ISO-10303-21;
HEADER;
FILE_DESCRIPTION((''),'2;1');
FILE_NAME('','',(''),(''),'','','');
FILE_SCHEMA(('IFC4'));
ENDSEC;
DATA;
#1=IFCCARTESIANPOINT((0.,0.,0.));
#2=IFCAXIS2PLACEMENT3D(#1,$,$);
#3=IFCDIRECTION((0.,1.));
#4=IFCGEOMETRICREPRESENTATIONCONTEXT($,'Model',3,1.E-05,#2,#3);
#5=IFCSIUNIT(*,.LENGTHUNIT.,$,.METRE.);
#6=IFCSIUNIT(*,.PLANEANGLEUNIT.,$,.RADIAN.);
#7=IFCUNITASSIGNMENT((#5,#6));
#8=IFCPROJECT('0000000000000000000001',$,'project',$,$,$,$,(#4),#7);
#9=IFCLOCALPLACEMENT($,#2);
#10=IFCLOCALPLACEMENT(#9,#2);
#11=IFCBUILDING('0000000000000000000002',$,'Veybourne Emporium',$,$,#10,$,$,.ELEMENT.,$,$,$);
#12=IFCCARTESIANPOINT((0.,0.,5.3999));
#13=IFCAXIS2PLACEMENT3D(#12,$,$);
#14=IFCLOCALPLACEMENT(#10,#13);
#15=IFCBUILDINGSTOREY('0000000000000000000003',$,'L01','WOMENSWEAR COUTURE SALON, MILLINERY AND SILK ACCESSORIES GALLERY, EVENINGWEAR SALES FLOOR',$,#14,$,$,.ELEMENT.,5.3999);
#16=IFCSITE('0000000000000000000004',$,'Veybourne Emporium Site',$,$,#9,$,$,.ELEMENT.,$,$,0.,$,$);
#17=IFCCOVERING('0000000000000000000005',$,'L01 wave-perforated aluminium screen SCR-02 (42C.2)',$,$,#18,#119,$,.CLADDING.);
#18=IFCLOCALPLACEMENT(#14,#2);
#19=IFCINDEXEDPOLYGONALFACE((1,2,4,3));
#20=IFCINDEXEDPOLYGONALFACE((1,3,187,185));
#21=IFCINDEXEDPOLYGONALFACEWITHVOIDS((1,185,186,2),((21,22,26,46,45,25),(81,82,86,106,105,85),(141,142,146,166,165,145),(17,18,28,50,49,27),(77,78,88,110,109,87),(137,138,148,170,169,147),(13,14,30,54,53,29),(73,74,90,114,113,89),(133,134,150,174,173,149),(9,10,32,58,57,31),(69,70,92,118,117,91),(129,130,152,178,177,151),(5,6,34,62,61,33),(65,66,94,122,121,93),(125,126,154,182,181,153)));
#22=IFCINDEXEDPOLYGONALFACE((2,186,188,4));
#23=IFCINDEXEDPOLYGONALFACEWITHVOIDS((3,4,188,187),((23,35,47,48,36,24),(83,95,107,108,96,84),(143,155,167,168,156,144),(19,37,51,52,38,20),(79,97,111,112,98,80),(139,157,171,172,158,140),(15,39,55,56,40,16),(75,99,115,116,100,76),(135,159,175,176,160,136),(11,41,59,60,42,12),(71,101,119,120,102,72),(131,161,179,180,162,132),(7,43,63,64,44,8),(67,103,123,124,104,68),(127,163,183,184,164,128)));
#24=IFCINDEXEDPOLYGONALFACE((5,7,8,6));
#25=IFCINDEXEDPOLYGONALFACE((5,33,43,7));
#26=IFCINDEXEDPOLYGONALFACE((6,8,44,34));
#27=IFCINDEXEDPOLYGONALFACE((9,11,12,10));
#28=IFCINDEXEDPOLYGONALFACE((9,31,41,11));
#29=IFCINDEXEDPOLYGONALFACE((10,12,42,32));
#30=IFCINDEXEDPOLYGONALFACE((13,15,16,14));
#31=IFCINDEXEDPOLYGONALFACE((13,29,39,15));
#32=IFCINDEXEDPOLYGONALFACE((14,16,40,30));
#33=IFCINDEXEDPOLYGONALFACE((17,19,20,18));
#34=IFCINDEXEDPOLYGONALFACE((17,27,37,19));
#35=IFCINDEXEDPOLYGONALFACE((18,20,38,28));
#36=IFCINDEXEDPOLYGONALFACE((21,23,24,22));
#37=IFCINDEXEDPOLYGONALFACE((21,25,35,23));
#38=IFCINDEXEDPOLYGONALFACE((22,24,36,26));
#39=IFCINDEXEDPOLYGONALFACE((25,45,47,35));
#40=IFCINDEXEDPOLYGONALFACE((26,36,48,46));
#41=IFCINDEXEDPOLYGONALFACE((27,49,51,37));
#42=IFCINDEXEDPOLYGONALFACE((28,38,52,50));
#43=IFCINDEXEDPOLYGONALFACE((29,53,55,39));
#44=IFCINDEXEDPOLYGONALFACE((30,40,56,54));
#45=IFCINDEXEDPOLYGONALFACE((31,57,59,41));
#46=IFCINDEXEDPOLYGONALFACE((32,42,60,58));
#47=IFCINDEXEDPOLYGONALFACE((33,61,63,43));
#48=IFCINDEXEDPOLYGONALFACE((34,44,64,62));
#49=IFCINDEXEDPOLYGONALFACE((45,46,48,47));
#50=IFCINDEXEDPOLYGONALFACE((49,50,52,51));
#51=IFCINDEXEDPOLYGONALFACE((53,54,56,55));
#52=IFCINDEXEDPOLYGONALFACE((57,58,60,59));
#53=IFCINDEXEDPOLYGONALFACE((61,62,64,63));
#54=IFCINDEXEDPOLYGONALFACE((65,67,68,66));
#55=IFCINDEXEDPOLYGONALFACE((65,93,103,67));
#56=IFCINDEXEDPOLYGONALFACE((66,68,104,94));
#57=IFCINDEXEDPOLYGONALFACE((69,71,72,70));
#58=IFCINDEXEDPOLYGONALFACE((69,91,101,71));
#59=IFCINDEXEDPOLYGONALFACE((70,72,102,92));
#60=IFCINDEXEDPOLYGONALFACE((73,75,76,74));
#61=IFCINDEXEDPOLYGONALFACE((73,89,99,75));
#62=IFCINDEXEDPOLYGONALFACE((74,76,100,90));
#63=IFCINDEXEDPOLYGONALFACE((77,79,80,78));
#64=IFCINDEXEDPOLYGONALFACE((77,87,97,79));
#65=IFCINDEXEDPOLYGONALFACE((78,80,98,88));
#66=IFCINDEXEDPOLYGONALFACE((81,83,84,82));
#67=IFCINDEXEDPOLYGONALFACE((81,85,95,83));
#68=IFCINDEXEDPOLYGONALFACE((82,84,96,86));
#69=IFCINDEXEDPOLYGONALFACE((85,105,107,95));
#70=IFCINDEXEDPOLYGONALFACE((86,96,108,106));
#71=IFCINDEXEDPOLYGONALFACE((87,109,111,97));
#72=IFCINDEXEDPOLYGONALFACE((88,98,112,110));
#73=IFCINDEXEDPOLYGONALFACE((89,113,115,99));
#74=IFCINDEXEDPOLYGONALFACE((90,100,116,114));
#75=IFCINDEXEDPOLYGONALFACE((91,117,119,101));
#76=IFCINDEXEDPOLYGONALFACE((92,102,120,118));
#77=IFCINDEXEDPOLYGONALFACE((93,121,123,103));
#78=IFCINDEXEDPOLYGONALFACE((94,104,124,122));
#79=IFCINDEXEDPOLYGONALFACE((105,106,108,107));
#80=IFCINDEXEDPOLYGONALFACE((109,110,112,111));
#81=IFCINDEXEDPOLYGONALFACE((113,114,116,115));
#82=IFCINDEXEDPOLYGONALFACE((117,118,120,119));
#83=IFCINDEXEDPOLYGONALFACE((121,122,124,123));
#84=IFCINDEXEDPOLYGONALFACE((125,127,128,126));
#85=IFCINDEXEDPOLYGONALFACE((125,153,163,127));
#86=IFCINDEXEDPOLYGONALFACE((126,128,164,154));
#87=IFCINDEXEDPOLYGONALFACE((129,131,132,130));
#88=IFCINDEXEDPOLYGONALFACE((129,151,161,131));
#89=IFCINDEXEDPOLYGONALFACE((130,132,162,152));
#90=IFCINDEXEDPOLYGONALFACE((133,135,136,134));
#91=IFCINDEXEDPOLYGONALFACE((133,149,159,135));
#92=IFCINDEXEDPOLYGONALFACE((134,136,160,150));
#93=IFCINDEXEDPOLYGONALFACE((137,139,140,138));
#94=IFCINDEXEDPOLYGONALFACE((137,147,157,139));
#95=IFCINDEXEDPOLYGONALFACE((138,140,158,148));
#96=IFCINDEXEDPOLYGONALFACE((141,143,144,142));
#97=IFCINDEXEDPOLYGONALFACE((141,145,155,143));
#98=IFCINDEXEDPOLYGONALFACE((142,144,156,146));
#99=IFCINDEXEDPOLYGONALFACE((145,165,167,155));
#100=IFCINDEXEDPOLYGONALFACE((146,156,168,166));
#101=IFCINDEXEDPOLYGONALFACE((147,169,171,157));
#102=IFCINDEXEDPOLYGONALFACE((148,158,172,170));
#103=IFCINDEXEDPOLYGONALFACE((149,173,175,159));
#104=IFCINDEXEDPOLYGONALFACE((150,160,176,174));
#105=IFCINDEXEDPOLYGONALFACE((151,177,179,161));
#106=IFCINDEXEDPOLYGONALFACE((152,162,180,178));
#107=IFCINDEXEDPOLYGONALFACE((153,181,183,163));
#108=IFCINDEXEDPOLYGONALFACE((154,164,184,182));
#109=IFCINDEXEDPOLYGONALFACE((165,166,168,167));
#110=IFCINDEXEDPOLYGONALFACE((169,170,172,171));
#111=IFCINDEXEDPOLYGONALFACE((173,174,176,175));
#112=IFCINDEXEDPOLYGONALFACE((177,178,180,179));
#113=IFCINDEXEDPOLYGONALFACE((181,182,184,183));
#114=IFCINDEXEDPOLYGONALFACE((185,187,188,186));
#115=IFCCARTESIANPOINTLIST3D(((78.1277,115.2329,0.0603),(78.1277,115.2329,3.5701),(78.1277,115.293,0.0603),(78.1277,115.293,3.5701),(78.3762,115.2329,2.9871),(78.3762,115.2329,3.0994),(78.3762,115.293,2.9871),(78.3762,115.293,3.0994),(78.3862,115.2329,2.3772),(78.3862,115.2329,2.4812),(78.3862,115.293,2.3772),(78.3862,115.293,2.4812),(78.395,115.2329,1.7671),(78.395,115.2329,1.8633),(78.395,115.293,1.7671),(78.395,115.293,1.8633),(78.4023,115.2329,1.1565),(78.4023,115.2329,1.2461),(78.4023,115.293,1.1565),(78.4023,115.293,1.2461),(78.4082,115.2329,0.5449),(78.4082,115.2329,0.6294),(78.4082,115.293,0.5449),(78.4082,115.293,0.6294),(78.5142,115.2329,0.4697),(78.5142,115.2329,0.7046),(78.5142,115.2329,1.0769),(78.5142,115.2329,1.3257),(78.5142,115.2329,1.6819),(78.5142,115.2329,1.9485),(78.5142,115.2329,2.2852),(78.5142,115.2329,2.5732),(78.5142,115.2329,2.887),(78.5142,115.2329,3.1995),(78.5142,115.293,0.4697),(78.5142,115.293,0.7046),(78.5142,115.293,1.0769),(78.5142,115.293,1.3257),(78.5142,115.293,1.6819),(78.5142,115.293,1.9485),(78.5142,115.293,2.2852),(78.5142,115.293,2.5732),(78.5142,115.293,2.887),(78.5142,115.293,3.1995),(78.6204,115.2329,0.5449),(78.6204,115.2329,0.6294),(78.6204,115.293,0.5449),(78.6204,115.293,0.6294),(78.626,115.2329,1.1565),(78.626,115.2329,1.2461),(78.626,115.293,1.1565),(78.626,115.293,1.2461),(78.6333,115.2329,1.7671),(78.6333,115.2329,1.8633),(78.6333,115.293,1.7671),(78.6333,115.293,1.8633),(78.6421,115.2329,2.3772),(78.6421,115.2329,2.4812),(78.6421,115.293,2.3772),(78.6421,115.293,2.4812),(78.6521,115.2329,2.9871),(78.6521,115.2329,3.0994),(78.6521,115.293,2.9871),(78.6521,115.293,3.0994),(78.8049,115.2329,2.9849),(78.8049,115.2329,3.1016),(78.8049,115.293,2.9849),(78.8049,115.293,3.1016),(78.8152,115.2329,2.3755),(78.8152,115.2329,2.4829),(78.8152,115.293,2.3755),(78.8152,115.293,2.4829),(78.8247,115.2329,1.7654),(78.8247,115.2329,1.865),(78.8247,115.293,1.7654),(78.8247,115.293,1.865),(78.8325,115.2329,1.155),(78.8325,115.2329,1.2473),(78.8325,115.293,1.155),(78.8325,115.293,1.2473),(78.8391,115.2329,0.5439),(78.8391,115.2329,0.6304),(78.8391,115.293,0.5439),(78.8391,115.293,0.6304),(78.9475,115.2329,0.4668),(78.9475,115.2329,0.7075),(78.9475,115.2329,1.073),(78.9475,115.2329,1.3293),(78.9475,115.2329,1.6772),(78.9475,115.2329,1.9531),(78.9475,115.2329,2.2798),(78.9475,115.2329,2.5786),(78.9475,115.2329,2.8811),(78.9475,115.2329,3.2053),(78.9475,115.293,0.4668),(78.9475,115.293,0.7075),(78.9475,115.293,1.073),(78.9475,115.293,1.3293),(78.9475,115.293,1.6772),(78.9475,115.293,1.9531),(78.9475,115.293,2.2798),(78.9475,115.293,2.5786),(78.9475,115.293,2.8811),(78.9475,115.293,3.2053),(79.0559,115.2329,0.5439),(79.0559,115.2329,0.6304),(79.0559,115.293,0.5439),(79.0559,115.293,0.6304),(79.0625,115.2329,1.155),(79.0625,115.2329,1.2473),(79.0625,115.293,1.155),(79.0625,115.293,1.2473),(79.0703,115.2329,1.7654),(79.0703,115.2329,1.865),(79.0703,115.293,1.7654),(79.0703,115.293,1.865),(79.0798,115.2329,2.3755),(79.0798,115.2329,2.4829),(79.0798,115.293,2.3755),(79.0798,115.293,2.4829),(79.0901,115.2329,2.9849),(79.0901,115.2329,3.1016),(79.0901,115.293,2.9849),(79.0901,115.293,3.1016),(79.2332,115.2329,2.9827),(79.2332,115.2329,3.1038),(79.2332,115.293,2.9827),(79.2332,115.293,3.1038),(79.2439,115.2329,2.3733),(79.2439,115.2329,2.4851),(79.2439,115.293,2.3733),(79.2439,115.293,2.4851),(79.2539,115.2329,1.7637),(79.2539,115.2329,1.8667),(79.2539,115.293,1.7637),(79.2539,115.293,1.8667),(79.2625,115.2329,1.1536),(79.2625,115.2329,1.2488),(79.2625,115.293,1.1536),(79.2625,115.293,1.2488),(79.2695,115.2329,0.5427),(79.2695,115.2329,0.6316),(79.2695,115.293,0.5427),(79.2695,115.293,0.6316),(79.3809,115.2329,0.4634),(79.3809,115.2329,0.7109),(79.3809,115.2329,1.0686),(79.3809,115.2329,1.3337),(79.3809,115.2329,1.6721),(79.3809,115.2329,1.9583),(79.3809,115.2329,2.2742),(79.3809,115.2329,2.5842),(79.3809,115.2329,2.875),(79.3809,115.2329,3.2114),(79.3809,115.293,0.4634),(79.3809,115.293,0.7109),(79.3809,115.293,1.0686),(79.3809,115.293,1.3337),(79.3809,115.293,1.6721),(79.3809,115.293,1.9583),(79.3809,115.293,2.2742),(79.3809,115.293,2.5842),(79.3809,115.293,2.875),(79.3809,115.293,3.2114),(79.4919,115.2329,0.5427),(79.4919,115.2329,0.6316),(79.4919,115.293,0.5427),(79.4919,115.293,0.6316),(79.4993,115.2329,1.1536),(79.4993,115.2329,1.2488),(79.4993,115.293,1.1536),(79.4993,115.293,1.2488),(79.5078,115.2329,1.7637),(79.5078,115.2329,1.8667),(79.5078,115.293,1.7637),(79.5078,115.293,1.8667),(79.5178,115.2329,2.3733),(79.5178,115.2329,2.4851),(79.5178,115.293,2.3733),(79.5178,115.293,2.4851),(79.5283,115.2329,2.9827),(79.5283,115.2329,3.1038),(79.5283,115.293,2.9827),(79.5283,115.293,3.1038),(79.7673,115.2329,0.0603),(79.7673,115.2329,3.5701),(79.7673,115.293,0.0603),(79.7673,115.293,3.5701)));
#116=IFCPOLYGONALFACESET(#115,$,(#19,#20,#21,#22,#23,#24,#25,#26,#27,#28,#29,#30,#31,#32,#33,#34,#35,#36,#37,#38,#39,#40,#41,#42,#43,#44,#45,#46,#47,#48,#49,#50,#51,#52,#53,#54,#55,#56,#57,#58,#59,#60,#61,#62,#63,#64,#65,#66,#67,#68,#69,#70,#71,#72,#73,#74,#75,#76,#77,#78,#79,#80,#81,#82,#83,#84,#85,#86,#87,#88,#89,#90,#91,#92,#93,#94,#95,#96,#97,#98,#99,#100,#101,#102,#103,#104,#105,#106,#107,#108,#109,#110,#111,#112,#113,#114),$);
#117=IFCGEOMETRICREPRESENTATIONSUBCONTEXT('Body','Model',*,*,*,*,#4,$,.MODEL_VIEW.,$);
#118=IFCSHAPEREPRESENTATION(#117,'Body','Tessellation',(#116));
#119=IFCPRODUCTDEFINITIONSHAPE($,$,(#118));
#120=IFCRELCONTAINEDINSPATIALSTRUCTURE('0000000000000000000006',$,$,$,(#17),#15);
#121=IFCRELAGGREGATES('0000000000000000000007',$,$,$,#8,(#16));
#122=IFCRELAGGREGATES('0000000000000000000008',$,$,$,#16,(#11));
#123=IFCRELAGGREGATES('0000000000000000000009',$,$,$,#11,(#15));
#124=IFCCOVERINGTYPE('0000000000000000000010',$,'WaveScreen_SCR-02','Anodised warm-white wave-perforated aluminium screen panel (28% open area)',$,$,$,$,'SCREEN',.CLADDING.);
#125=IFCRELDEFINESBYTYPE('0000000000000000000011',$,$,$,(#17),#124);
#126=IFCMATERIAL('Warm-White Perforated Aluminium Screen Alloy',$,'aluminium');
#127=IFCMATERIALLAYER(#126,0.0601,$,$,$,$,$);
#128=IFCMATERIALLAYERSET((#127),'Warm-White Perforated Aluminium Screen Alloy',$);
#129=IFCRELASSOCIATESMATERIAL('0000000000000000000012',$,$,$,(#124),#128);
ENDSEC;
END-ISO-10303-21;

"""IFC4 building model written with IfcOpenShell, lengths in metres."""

from ifc_helpers import new_model, si_unit, direction, frame, origin, place, context, subcontext, project, spatial, polyline, outline, extrude, material, layer, layer_set, type_object, element, save


model = new_model("IFC4")

# Units and contexts
model_context = context("Model", 3, precision=1e-05, world=origin(), true_north=direction((0.0, 1.0)))
body_context = subcontext(model_context, "Body", "Model", "MODEL_VIEW")
ifc_project = project(units=[si_unit("LENGTHUNIT", "METRE"), si_unit("PLANEANGLEUNIT", "RADIAN")], contexts=[model_context])

# Site, building, storey
site_placement = place(None, origin())
site = spatial("IfcSite", under=ifc_project, at=site_placement, Name="Veybourne Emporium Site", CompositionType="ELEMENT", RefElevation=0.0)
building_placement = place(site_placement, origin())
building = spatial("IfcBuilding", under=site, at=building_placement, Name="Veybourne Emporium", CompositionType="ELEMENT")
storey_placement = place(building_placement, frame((0.0, 0.0, 5.3999)))
storey = spatial("IfcBuildingStorey", under=building, at=storey_placement, Name="L01", Description="WOMENSWEAR COUTURE SALON, MILLINERY AND SILK ACCESSORIES GALLERY, EVENINGWEAR SALES FLOOR", CompositionType="ELEMENT", Elevation=5.3999)

# Covering
ifc_material_1 = material(Name="Warm-White Perforated Aluminium Screen Alloy", Category="aluminium")
ifc_layer_1 = layer(ifc_material_1, 0.0601)
ifc_layer_set_1 = layer_set([ifc_layer_1], Name="Warm-White Perforated Aluminium Screen Alloy")
covering_type_1 = type_object("IfcCoveringType", Name="WaveScreen_SCR-02", Description="Anodised warm-white wave-perforated aluminium screen panel (28% open area)", ElementType="SCREEN", PredefinedType="CLADDING", material=ifc_layer_set_1)
covering_1_placement = place(storey_placement, frame((78.9475, 115.293, 1.8152), z_axis=(0.0, -1.0, 0.0), x_axis=(1.0, 0.0, 0.0)))
element("IfcCovering", 1, at=covering_1_placement, inside=storey, type_object=covering_type_1, Name="L01 wave-perforated aluminium screen SCR-02 (42C.2)", PredefinedType="CLADDING", context=body_context, shape_type="SweptSolid", body=[
    extrude(outline(polyline([(-0.8198, -1.7549), (0.8198, -1.7549), (0.8198, 1.7549), (-0.8198, 1.7549), (-0.8198, -1.7549)]), holes=[polyline([(-0.4333, -1.1106), (-0.3271, -1.1858), (-0.3271, -1.2703), (-0.4333, -1.3455), (-0.5393, -1.2703), (-0.5393, -1.1858), (-0.4333, -1.1106)]), polyline([(-0.4333, -0.4895), (-0.3215, -0.5691), (-0.3215, -0.6587), (-0.4333, -0.7383), (-0.5452, -0.6587), (-0.5452, -0.5691), (-0.4333, -0.4895)]), polyline([(-0.4333, 0.1333), (-0.3142, 0.0481), (-0.3142, -0.0481), (-0.4333, -0.1333), (-0.5525, -0.0481), (-0.5525, 0.0481), (-0.4333, 0.1333)]), polyline([(-0.4333, 0.7581), (-0.3054, 0.666), (-0.3054, 0.562), (-0.4333, 0.47), (-0.5613, 0.562), (-0.5613, 0.666), (-0.4333, 0.7581)]), polyline([(-0.4333, 1.3843), (-0.2954, 1.2842), (-0.2954, 1.1719), (-0.4333, 1.0718), (-0.5713, 1.1719), (-0.5713, 1.2842), (-0.4333, 1.3843)]), polyline([(0.0, -1.1077), (0.1084, -1.1848), (0.1084, -1.2712), (0.0, -1.3484), (-0.1084, -1.2712), (-0.1084, -1.1848), (0.0, -1.1077)]), polyline([(0.0, -0.4858), (0.115, -0.5679), (0.115, -0.6602), (0.0, -0.7422), (-0.115, -0.6602), (-0.115, -0.5679), (0.0, -0.4858)]), polyline([(0.0, 0.1379), (0.1228, 0.0498), (0.1228, -0.0498), (0.0, -0.1379), (-0.1228, -0.0498), (-0.1228, 0.0498), (0.0, 0.1379)]), polyline([(0.0, 0.7634), (0.1323, 0.6677), (0.1323, 0.5603), (0.0, 0.4646), (-0.1323, 0.5603), (-0.1323, 0.6677), (0.0, 0.7634)]), polyline([(0.0, 1.3901), (0.1426, 1.2864), (0.1426, 1.1697), (0.0, 1.0659), (-0.1426, 1.1697), (-0.1426, 1.2864), (0.0, 1.3901)]), polyline([(0.4333, -1.1042), (0.5444, -1.1836), (0.5444, -1.2725), (0.4333, -1.3518), (0.322, -1.2725), (0.322, -1.1836), (0.4333, -1.1042)]), polyline([(0.4333, -0.4814), (0.5518, -0.5664), (0.5518, -0.6616), (0.4333, -0.7466), (0.3149, -0.6616), (0.3149, -0.5664), (0.4333, -0.4814)]), polyline([(0.4333, 0.1431), (0.5603, 0.0515), (0.5603, -0.0515), (0.4333, -0.1431), (0.3064, -0.0515), (0.3064, 0.0515), (0.4333, 0.1431)]), polyline([(0.4333, 0.769), (0.5703, 0.6699), (0.5703, 0.5581), (0.4333, 0.459), (0.2964, 0.5581), (0.2964, 0.6699), (0.4333, 0.769)]), polyline([(0.4333, 1.3962), (0.5808, 1.2886), (0.5808, 1.1675), (0.4333, 1.0598), (0.2856, 1.1675), (0.2856, 1.2886), (0.4333, 1.3962)])]), origin(), (0.0, 0.0, 1.0), 0.0601),
])

save(model, "model.ifc")
